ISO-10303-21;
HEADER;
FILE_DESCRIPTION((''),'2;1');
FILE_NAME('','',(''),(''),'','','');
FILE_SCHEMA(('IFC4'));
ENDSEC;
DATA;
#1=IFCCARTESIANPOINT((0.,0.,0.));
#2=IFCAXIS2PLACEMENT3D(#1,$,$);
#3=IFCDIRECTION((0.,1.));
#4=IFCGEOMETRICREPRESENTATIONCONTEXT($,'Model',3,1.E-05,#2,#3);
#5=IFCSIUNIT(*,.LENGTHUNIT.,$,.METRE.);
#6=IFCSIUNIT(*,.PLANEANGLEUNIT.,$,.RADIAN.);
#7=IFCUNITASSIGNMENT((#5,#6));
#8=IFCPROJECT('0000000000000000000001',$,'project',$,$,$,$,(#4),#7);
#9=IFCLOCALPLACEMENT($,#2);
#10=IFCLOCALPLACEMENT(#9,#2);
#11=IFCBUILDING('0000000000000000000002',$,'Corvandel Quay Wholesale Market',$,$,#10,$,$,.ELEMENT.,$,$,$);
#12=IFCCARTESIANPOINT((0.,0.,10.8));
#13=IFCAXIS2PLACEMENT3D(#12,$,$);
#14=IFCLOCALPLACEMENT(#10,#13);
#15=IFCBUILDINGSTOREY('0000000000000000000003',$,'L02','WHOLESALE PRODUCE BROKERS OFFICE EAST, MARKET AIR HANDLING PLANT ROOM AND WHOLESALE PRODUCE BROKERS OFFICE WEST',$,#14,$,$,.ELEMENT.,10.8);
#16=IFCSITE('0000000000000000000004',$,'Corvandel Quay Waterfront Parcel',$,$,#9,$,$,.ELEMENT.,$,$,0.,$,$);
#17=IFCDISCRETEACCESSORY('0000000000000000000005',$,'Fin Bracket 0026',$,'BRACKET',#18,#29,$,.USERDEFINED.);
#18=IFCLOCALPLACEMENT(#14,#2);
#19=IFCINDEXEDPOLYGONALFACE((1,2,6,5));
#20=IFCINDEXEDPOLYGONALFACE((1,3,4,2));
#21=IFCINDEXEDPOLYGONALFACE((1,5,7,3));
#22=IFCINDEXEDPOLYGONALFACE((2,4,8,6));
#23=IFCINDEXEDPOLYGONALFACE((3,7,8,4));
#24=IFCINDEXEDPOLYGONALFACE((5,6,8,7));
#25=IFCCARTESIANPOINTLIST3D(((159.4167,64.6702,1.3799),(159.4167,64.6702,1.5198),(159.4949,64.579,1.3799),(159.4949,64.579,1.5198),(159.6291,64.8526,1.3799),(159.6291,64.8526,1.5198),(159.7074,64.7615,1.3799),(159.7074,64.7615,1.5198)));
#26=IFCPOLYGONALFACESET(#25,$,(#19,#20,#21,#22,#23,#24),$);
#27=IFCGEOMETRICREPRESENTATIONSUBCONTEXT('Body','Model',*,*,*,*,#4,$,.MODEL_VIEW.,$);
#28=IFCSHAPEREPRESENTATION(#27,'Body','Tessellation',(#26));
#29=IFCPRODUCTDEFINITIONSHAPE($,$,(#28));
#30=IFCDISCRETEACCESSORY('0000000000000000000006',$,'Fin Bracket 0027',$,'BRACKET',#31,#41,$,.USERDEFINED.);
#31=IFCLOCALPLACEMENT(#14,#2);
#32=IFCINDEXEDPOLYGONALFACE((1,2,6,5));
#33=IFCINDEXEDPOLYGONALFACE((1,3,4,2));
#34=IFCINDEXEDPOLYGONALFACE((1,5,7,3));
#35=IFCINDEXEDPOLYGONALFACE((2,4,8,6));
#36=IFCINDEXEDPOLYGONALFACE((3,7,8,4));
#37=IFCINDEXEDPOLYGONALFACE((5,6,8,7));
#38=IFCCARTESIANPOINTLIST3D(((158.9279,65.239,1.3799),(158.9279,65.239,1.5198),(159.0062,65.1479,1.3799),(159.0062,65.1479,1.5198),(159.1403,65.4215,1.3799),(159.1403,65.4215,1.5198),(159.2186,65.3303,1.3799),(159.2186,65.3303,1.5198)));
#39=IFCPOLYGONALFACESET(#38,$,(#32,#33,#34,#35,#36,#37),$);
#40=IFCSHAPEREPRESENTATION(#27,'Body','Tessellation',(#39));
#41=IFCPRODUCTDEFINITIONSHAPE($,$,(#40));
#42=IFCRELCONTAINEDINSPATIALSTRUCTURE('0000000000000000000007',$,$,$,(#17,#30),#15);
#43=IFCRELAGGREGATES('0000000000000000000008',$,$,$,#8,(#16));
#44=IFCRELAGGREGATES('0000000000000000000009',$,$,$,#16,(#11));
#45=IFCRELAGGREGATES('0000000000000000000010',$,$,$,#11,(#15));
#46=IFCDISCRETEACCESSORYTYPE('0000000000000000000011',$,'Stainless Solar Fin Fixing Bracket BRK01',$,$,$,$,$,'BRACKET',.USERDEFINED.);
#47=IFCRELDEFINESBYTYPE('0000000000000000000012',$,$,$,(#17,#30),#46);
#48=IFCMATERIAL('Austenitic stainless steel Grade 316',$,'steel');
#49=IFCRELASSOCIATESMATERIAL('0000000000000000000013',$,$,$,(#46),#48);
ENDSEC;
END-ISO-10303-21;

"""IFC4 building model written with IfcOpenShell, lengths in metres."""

from ifc_helpers import new_model, si_unit, direction, frame, origin, origin_2d, place, context, subcontext, project, spatial, rectangle, extrude, material, type_object, element, save


model = new_model("IFC4")

# Units and contexts
model_context = context("Model", 3, precision=1e-05, world=origin(), true_north=direction((0.0, 1.0)))
body_context = subcontext(model_context, "Body", "Model", "MODEL_VIEW")
ifc_project = project(units=[si_unit("LENGTHUNIT", "METRE"), si_unit("PLANEANGLEUNIT", "RADIAN")], contexts=[model_context])

# Site, building, storey
site_placement = place(None, origin())
site = spatial("IfcSite", under=ifc_project, at=site_placement, Name="Corvandel Quay Waterfront Parcel", CompositionType="ELEMENT", RefElevation=0.0)
building_placement = place(site_placement, origin())
building = spatial("IfcBuilding", under=site, at=building_placement, Name="Corvandel Quay Wholesale Market", CompositionType="ELEMENT")
storey_placement = place(building_placement, frame((0.0, 0.0, 10.8)))
storey = spatial("IfcBuildingStorey", under=building, at=storey_placement, Name="L02", Description="WHOLESALE PRODUCE BROKERS OFFICE EAST, MARKET AIR HANDLING PLANT ROOM AND WHOLESALE PRODUCE BROKERS OFFICE WEST", CompositionType="ELEMENT", Elevation=10.8)

# Discrete accessories
ifc_material_1 = material(Name="Austenitic stainless steel Grade 316", Category="steel")
discrete_accessory_type = type_object("IfcDiscreteAccessoryType", Name="Stainless Solar Fin Fixing Bracket BRK01", ElementType="BRACKET", PredefinedType="USERDEFINED", material=ifc_material_1)
for number, where, z_axis, x_axis, name in (
    (1, (159.562, 64.7158, 1.3799), (0.0, 0.0, 1.0), (0.758589, 0.651569, 0.0), "Fin Bracket 0026"),
    (2, (159.0732, 65.2847, 1.3799), (0.0, 0.0, 1.0), (0.758589, 0.651569, 0.0), "Fin Bracket 0027"),
):
    element("IfcDiscreteAccessory", number, at=place(storey_placement, frame(where, z_axis=z_axis, x_axis=x_axis)), inside=storey, type_object=discrete_accessory_type, Name=name, ObjectType="BRACKET", PredefinedType="USERDEFINED", context=body_context, shape_type="SweptSolid", body=[
        extrude(rectangle(XDim=0.28, YDim=0.1201, at=origin_2d()), origin(), (0.0, 0.0, 1.0), 0.1399),
    ])

save(model, "model.ifc")
